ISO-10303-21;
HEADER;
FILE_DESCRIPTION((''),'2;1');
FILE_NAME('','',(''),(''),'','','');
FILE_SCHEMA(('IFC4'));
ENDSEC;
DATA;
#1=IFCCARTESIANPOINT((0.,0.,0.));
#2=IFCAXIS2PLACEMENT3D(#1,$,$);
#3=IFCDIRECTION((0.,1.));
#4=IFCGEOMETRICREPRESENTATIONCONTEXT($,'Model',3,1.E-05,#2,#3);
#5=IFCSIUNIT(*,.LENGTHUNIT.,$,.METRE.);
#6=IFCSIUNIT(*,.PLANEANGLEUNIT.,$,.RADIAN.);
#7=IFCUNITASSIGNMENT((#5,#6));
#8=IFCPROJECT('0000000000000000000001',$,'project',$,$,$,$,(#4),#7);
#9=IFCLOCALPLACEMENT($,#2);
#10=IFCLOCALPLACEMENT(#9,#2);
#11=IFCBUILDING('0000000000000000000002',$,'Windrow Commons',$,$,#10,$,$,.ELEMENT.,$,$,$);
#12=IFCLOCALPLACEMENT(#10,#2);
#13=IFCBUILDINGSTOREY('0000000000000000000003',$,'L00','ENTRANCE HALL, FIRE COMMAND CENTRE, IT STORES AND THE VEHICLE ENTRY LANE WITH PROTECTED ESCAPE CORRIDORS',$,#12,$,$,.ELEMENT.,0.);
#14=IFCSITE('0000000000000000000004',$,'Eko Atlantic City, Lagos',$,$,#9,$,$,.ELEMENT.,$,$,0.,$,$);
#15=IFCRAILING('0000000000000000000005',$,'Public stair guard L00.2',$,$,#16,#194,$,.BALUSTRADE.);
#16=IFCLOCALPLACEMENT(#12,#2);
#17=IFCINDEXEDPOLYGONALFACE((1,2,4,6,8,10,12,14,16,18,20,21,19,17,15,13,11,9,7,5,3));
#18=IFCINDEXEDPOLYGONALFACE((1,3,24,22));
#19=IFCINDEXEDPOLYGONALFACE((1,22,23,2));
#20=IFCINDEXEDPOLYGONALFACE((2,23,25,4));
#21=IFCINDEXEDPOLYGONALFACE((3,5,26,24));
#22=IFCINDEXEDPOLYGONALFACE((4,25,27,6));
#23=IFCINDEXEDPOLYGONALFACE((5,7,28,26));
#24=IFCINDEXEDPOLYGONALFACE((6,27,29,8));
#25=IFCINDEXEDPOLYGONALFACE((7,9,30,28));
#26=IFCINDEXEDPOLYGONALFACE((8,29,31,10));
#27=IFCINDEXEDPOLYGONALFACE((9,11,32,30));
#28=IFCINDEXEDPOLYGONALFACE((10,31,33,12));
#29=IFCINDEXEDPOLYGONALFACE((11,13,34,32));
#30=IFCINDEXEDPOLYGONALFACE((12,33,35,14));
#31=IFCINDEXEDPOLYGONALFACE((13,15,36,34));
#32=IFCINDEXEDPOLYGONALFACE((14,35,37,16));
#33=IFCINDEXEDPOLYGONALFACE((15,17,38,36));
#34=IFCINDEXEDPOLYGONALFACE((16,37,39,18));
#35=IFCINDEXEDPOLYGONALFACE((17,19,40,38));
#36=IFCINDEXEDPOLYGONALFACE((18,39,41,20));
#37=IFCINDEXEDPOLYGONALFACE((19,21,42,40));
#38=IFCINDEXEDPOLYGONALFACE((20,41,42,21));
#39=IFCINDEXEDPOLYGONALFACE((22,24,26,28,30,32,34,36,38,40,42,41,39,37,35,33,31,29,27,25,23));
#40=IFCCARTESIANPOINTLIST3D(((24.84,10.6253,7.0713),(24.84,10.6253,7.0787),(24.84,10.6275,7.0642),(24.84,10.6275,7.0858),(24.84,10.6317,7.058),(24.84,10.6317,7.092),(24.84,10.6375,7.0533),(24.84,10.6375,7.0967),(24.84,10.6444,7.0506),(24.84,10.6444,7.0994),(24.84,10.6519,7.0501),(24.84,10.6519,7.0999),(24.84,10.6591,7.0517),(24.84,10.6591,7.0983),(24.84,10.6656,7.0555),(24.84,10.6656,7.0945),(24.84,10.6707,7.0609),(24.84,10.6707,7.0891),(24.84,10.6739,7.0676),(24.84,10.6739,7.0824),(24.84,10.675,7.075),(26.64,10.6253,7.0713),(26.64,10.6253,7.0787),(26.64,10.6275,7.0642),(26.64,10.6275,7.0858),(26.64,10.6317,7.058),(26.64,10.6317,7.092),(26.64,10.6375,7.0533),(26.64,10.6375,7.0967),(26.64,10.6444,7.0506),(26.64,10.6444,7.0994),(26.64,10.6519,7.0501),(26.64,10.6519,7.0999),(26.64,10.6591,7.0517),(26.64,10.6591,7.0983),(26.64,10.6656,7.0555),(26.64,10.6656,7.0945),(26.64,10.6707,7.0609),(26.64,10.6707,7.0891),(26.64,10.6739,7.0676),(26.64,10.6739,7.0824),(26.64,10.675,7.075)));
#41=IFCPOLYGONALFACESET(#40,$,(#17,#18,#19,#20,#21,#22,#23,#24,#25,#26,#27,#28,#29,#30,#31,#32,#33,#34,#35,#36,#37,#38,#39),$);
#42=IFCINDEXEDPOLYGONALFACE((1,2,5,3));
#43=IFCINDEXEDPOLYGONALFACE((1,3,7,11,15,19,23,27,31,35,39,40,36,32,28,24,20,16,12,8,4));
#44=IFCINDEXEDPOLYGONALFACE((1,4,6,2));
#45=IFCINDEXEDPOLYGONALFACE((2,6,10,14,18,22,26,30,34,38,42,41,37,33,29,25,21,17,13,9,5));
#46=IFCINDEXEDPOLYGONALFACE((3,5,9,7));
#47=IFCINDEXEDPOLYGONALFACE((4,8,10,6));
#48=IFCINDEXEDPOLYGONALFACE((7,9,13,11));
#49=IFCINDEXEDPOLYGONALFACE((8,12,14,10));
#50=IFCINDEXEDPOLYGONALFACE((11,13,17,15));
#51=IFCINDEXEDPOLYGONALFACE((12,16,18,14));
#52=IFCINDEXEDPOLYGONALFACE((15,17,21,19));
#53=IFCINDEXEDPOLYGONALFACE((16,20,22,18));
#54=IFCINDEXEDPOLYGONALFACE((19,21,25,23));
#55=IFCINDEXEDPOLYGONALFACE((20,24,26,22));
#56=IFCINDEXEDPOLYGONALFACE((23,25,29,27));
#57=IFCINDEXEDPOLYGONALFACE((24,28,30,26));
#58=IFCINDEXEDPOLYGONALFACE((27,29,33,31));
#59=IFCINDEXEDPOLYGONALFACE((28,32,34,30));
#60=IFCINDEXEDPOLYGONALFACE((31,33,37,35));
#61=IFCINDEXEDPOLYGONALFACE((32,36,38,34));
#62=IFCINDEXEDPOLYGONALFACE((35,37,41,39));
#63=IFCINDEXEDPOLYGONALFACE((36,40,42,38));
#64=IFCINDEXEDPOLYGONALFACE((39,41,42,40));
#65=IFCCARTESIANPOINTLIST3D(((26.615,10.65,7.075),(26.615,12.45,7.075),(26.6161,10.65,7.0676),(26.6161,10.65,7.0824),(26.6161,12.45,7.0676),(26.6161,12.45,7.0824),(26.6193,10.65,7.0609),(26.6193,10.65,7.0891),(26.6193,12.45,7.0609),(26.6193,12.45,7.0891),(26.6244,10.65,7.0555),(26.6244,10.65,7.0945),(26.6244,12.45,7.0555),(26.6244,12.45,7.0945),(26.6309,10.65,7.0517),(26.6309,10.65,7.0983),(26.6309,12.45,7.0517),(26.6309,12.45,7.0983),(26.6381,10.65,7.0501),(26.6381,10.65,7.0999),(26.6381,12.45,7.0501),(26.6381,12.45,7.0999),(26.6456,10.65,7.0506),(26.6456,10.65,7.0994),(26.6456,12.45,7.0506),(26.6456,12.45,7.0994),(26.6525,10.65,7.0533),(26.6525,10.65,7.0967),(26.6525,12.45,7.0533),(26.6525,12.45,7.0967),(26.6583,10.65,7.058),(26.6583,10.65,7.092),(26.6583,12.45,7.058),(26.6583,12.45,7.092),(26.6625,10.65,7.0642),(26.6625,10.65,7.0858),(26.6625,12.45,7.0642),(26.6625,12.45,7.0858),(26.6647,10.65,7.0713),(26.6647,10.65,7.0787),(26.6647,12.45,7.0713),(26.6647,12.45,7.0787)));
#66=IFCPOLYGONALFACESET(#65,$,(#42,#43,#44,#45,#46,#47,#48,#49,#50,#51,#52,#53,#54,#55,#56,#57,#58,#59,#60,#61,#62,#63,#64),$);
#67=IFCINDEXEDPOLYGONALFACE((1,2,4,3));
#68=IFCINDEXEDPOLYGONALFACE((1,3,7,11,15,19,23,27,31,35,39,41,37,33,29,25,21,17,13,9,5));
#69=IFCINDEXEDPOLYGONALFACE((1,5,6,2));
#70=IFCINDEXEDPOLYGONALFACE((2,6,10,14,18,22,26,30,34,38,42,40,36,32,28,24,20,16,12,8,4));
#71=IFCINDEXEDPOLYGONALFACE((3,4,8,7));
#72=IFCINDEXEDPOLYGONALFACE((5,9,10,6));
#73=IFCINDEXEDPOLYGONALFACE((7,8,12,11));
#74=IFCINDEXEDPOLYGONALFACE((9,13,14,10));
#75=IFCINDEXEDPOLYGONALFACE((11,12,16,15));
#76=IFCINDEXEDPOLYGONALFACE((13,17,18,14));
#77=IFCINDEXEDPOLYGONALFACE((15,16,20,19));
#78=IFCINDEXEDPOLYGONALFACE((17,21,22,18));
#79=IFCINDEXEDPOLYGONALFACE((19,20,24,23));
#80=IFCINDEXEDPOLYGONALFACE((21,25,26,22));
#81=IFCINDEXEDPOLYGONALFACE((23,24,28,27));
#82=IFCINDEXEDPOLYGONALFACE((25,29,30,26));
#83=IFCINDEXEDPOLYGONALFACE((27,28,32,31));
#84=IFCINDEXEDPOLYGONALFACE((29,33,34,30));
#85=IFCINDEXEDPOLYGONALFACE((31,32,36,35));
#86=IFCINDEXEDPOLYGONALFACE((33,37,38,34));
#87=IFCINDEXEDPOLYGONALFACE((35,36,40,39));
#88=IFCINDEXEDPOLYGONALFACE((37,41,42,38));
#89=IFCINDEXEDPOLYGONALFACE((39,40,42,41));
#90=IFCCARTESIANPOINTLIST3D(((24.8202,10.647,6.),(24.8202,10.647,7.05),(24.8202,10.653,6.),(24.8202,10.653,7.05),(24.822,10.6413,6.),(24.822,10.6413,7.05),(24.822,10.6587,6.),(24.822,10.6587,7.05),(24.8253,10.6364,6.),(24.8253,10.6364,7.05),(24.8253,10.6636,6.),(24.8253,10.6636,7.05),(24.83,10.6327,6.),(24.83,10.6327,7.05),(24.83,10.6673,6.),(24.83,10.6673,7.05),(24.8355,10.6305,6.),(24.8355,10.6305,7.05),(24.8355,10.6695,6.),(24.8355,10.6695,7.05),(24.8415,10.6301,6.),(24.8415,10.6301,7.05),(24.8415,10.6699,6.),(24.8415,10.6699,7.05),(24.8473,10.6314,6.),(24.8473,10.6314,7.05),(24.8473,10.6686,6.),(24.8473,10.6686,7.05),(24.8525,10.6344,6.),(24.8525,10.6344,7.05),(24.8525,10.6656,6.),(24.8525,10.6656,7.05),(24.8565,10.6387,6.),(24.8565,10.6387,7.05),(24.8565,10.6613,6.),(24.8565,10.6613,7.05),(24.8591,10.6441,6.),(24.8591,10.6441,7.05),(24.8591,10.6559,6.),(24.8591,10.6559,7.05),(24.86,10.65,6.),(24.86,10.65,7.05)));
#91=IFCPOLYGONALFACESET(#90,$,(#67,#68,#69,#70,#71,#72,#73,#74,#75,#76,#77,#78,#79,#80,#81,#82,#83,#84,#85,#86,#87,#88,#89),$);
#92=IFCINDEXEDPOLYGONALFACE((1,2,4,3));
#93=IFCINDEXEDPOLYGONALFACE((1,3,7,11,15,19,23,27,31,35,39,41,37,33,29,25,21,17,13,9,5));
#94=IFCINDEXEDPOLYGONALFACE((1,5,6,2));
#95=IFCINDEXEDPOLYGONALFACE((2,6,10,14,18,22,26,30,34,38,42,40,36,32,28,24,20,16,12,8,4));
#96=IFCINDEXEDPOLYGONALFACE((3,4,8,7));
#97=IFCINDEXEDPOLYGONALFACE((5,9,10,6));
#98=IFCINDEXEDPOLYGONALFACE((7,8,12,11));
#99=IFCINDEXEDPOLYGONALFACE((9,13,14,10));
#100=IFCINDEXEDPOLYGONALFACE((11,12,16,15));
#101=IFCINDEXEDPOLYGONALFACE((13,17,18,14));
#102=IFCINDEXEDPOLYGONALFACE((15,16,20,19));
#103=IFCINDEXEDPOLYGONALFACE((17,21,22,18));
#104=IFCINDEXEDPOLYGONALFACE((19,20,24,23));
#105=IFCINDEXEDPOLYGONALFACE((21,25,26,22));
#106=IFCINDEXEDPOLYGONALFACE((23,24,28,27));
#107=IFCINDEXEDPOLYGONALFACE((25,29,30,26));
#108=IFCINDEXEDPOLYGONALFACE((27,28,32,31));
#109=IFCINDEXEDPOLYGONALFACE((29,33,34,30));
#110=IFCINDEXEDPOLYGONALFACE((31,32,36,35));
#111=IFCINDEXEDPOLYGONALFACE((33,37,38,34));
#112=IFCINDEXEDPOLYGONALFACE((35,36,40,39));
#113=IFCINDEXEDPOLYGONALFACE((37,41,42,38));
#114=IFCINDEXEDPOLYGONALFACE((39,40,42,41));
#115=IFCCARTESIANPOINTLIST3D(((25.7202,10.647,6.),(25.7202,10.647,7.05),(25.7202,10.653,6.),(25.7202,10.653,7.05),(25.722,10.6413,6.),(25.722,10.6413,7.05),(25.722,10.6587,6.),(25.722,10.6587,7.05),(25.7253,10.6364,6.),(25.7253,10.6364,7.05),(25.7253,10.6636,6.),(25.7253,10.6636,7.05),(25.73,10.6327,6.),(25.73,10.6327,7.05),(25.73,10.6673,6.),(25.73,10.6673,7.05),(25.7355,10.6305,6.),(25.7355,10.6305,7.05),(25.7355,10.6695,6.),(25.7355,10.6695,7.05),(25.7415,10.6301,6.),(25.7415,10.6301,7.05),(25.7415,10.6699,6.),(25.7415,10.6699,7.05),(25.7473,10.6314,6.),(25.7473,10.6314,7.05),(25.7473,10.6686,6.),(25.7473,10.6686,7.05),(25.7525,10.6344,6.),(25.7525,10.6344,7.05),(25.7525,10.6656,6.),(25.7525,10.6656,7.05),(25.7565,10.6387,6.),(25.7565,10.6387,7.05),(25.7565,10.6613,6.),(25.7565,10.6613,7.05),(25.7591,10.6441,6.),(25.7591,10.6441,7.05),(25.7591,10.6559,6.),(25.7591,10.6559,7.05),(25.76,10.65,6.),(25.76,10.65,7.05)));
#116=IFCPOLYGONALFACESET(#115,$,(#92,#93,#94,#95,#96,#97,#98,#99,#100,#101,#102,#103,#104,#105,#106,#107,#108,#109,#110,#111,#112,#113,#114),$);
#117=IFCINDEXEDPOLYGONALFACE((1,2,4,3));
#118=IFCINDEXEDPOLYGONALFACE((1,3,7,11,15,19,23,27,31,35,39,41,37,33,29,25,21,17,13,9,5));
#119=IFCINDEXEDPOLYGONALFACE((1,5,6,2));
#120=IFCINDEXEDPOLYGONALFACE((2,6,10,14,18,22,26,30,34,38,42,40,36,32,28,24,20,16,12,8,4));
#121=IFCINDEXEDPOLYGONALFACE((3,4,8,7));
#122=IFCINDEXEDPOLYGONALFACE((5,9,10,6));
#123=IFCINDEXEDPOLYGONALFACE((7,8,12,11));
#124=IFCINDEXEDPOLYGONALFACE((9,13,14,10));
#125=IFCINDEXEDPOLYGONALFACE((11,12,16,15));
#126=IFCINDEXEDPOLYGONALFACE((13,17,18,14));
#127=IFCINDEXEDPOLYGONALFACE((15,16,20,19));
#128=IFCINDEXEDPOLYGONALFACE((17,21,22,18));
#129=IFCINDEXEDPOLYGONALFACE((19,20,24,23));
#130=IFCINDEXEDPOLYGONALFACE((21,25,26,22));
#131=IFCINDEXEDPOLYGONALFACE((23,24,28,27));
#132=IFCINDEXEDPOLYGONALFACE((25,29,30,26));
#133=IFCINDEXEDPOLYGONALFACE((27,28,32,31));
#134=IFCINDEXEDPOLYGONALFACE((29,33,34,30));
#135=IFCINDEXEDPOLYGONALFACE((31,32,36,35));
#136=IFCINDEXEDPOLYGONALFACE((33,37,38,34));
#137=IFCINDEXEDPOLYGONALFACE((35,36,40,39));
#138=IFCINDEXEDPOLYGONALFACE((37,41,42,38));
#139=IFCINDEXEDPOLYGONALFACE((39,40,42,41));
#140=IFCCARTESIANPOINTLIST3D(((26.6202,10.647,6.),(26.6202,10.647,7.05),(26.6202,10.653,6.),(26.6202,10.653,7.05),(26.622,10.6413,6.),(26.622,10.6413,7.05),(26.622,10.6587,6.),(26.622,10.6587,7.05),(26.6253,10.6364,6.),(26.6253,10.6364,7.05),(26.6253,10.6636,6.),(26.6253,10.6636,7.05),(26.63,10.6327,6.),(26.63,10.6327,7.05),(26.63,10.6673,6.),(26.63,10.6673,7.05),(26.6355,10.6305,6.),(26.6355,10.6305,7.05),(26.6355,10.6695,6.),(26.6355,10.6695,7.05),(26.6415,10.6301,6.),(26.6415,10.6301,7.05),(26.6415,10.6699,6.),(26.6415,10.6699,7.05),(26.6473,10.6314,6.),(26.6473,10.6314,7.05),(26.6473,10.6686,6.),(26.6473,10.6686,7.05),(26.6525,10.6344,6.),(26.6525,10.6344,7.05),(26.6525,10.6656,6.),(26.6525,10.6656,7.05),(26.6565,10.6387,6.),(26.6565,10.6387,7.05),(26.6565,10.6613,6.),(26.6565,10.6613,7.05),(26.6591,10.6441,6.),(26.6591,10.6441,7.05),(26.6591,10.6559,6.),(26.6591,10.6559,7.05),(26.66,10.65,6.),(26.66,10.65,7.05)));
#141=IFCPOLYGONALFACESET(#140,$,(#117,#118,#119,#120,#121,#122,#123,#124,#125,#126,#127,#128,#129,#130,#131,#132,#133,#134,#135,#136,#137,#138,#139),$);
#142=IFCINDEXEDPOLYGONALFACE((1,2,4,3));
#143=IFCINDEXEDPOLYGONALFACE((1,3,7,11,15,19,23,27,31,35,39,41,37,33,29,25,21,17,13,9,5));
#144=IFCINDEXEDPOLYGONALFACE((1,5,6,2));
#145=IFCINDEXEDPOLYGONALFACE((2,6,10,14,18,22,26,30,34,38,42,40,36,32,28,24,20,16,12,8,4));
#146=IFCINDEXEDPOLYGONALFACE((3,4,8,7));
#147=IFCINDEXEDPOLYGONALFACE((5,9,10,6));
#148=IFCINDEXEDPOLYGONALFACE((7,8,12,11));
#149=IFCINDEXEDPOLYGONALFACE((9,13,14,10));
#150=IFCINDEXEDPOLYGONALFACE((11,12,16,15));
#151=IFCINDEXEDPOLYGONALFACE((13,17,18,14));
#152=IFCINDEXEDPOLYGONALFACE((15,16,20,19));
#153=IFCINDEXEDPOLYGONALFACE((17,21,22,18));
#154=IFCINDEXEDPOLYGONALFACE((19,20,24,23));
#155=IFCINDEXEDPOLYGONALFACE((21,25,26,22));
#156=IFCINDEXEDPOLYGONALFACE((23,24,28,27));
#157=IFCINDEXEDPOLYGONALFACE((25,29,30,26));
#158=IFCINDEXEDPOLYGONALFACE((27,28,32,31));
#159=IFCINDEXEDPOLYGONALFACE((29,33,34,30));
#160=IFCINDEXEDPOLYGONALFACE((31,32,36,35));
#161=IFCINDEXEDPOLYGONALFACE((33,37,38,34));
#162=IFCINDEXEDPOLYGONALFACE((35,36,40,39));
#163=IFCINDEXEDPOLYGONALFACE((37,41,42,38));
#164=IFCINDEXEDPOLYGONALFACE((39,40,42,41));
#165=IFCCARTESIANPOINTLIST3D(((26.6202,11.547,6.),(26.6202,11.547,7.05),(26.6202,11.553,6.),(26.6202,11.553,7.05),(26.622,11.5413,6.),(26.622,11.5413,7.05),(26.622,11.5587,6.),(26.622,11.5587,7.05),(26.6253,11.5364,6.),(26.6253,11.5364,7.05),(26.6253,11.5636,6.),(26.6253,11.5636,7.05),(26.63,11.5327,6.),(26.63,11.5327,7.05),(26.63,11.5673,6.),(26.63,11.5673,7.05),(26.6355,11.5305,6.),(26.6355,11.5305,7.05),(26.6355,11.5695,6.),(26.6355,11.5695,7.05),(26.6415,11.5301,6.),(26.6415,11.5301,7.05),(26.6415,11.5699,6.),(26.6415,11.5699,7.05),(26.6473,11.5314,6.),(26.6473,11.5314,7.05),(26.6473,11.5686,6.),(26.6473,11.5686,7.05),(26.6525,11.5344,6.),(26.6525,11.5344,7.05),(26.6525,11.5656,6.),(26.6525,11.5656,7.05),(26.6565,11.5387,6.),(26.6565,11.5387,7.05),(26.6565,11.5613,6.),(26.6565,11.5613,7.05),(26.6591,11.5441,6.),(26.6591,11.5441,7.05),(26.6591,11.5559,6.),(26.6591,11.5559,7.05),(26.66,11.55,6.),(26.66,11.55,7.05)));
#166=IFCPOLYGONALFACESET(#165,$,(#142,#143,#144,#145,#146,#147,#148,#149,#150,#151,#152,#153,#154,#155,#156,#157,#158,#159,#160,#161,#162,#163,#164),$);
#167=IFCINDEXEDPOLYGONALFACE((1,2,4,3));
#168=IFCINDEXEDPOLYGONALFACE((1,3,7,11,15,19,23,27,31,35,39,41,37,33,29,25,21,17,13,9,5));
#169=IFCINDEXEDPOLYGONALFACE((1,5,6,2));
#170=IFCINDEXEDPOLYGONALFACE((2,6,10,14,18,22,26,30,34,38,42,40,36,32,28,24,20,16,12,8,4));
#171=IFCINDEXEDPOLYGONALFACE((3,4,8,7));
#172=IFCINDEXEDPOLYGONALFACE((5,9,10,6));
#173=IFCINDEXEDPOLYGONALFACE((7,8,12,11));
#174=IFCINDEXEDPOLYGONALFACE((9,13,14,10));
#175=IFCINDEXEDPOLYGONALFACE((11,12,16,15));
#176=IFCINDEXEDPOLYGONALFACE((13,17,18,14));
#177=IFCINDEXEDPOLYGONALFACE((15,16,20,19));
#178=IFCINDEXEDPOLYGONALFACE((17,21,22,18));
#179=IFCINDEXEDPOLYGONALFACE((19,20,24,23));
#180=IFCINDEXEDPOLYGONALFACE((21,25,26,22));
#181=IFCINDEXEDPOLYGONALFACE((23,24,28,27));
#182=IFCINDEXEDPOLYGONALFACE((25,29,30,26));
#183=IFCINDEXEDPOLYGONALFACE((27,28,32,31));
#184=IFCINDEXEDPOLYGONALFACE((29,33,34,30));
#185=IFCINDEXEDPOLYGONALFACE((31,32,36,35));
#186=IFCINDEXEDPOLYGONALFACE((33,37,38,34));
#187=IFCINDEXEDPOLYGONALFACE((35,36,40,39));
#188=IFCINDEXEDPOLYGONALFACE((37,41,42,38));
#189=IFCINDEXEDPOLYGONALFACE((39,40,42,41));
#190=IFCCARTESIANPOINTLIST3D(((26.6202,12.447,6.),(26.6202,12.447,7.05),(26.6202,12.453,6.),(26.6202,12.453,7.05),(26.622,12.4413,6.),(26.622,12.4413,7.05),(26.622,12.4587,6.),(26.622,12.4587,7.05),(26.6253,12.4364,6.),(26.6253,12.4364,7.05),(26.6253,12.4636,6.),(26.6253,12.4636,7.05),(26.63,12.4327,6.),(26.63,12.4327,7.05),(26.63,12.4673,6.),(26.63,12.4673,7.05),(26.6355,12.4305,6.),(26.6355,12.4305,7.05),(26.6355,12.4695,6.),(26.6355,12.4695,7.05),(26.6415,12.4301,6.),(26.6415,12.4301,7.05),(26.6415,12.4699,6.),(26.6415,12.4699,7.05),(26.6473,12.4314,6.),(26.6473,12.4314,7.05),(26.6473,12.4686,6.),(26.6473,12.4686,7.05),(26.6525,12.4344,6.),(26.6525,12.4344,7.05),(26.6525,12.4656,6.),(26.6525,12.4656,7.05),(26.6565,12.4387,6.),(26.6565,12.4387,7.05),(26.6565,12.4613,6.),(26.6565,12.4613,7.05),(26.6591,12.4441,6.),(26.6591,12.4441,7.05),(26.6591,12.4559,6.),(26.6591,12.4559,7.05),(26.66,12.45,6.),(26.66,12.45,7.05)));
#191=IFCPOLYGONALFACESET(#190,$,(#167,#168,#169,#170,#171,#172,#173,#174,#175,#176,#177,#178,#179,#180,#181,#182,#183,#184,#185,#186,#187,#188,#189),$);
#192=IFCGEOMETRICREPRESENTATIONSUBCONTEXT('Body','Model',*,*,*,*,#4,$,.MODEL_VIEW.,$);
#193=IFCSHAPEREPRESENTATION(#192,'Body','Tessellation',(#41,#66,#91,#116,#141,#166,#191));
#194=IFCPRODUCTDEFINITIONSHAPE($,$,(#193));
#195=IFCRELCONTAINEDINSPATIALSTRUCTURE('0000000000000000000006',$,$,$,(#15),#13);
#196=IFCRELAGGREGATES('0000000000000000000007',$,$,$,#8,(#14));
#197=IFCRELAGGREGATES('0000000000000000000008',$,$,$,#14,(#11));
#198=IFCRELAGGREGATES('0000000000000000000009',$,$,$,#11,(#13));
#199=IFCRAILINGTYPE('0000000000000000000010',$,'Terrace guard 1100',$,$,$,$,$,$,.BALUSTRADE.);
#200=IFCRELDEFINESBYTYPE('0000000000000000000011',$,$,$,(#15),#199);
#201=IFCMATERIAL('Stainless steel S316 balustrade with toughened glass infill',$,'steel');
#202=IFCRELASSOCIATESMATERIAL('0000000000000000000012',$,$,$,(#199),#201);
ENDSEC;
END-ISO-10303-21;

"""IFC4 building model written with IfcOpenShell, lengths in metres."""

from ifc_helpers import new_model, si_unit, direction, frame, origin, origin_2d, place, context, subcontext, project, spatial, circle, extrude, material, type_object, element, save


model = new_model("IFC4")

# Units and contexts
model_context = context("Model", 3, precision=1e-05, world=origin(), true_north=direction((0.0, 1.0)))
body_context = subcontext(model_context, "Body", "Model", "MODEL_VIEW")
ifc_project = project(units=[si_unit("LENGTHUNIT", "METRE"), si_unit("PLANEANGLEUNIT", "RADIAN")], contexts=[model_context])

# Site, building, storey
site_placement = place(None, origin())
site = spatial("IfcSite", under=ifc_project, at=site_placement, Name="Eko Atlantic City, Lagos", CompositionType="ELEMENT", RefElevation=0.0)
building_placement = place(site_placement, origin())
building = spatial("IfcBuilding", under=site, at=building_placement, Name="Windrow Commons", CompositionType="ELEMENT")
storey_placement = place(building_placement, origin())
storey = spatial("IfcBuildingStorey", under=building, at=storey_placement, Name="L00", Description="ENTRANCE HALL, FIRE COMMAND CENTRE, IT STORES AND THE VEHICLE ENTRY LANE WITH PROTECTED ESCAPE CORRIDORS", CompositionType="ELEMENT", Elevation=0.0)

# Railing
ifc_material_1 = material(Name="Stainless steel S316 balustrade with toughened glass infill", Category="steel")
railing_type_1 = type_object("IfcRailingType", Name="Terrace guard 1100", PredefinedType="BALUSTRADE", material=ifc_material_1)
railing_1_placement = place(storey_placement, frame((24.84, 10.65, 6.0)))
element("IfcRailing", 1, at=railing_1_placement, inside=storey, type_object=railing_type_1, Name="Public stair guard L00.2", PredefinedType="BALUSTRADE", context=body_context, shape_type="SweptSolid", body=[
    extrude(circle(Radius=0.025, at=origin_2d()), frame((0.0, 0.0, 1.075), z_axis=(1.0, 0.0, 0.0), x_axis=(0.0, 1.0, 0.0)), (0.0, 0.0, 1.0), 1.8),
    extrude(circle(Radius=0.025, at=origin_2d()), frame((1.8, 0.0, 1.075), z_axis=(0.0, 1.0, 0.0), x_axis=(-1.0, 0.0, 0.0)), (0.0, 0.0, 1.0), 1.8),
    extrude(circle(Radius=0.02, at=origin_2d()), origin(), (0.0, 0.0, 1.0), 1.05),
    extrude(circle(Radius=0.02, at=origin_2d()), frame((0.9, 0.0, 0.0)), (0.0, 0.0, 1.0), 1.05),
    extrude(circle(Radius=0.02, at=origin_2d()), frame((1.8, 0.0, 0.0)), (0.0, 0.0, 1.0), 1.05),
    extrude(circle(Radius=0.02, at=origin_2d()), frame((1.8, 0.9, 0.0)), (0.0, 0.0, 1.0), 1.05),
    extrude(circle(Radius=0.02, at=origin_2d()), frame((1.8, 1.8, 0.0)), (0.0, 0.0, 1.0), 1.05),
])

save(model, "model.ifc")
